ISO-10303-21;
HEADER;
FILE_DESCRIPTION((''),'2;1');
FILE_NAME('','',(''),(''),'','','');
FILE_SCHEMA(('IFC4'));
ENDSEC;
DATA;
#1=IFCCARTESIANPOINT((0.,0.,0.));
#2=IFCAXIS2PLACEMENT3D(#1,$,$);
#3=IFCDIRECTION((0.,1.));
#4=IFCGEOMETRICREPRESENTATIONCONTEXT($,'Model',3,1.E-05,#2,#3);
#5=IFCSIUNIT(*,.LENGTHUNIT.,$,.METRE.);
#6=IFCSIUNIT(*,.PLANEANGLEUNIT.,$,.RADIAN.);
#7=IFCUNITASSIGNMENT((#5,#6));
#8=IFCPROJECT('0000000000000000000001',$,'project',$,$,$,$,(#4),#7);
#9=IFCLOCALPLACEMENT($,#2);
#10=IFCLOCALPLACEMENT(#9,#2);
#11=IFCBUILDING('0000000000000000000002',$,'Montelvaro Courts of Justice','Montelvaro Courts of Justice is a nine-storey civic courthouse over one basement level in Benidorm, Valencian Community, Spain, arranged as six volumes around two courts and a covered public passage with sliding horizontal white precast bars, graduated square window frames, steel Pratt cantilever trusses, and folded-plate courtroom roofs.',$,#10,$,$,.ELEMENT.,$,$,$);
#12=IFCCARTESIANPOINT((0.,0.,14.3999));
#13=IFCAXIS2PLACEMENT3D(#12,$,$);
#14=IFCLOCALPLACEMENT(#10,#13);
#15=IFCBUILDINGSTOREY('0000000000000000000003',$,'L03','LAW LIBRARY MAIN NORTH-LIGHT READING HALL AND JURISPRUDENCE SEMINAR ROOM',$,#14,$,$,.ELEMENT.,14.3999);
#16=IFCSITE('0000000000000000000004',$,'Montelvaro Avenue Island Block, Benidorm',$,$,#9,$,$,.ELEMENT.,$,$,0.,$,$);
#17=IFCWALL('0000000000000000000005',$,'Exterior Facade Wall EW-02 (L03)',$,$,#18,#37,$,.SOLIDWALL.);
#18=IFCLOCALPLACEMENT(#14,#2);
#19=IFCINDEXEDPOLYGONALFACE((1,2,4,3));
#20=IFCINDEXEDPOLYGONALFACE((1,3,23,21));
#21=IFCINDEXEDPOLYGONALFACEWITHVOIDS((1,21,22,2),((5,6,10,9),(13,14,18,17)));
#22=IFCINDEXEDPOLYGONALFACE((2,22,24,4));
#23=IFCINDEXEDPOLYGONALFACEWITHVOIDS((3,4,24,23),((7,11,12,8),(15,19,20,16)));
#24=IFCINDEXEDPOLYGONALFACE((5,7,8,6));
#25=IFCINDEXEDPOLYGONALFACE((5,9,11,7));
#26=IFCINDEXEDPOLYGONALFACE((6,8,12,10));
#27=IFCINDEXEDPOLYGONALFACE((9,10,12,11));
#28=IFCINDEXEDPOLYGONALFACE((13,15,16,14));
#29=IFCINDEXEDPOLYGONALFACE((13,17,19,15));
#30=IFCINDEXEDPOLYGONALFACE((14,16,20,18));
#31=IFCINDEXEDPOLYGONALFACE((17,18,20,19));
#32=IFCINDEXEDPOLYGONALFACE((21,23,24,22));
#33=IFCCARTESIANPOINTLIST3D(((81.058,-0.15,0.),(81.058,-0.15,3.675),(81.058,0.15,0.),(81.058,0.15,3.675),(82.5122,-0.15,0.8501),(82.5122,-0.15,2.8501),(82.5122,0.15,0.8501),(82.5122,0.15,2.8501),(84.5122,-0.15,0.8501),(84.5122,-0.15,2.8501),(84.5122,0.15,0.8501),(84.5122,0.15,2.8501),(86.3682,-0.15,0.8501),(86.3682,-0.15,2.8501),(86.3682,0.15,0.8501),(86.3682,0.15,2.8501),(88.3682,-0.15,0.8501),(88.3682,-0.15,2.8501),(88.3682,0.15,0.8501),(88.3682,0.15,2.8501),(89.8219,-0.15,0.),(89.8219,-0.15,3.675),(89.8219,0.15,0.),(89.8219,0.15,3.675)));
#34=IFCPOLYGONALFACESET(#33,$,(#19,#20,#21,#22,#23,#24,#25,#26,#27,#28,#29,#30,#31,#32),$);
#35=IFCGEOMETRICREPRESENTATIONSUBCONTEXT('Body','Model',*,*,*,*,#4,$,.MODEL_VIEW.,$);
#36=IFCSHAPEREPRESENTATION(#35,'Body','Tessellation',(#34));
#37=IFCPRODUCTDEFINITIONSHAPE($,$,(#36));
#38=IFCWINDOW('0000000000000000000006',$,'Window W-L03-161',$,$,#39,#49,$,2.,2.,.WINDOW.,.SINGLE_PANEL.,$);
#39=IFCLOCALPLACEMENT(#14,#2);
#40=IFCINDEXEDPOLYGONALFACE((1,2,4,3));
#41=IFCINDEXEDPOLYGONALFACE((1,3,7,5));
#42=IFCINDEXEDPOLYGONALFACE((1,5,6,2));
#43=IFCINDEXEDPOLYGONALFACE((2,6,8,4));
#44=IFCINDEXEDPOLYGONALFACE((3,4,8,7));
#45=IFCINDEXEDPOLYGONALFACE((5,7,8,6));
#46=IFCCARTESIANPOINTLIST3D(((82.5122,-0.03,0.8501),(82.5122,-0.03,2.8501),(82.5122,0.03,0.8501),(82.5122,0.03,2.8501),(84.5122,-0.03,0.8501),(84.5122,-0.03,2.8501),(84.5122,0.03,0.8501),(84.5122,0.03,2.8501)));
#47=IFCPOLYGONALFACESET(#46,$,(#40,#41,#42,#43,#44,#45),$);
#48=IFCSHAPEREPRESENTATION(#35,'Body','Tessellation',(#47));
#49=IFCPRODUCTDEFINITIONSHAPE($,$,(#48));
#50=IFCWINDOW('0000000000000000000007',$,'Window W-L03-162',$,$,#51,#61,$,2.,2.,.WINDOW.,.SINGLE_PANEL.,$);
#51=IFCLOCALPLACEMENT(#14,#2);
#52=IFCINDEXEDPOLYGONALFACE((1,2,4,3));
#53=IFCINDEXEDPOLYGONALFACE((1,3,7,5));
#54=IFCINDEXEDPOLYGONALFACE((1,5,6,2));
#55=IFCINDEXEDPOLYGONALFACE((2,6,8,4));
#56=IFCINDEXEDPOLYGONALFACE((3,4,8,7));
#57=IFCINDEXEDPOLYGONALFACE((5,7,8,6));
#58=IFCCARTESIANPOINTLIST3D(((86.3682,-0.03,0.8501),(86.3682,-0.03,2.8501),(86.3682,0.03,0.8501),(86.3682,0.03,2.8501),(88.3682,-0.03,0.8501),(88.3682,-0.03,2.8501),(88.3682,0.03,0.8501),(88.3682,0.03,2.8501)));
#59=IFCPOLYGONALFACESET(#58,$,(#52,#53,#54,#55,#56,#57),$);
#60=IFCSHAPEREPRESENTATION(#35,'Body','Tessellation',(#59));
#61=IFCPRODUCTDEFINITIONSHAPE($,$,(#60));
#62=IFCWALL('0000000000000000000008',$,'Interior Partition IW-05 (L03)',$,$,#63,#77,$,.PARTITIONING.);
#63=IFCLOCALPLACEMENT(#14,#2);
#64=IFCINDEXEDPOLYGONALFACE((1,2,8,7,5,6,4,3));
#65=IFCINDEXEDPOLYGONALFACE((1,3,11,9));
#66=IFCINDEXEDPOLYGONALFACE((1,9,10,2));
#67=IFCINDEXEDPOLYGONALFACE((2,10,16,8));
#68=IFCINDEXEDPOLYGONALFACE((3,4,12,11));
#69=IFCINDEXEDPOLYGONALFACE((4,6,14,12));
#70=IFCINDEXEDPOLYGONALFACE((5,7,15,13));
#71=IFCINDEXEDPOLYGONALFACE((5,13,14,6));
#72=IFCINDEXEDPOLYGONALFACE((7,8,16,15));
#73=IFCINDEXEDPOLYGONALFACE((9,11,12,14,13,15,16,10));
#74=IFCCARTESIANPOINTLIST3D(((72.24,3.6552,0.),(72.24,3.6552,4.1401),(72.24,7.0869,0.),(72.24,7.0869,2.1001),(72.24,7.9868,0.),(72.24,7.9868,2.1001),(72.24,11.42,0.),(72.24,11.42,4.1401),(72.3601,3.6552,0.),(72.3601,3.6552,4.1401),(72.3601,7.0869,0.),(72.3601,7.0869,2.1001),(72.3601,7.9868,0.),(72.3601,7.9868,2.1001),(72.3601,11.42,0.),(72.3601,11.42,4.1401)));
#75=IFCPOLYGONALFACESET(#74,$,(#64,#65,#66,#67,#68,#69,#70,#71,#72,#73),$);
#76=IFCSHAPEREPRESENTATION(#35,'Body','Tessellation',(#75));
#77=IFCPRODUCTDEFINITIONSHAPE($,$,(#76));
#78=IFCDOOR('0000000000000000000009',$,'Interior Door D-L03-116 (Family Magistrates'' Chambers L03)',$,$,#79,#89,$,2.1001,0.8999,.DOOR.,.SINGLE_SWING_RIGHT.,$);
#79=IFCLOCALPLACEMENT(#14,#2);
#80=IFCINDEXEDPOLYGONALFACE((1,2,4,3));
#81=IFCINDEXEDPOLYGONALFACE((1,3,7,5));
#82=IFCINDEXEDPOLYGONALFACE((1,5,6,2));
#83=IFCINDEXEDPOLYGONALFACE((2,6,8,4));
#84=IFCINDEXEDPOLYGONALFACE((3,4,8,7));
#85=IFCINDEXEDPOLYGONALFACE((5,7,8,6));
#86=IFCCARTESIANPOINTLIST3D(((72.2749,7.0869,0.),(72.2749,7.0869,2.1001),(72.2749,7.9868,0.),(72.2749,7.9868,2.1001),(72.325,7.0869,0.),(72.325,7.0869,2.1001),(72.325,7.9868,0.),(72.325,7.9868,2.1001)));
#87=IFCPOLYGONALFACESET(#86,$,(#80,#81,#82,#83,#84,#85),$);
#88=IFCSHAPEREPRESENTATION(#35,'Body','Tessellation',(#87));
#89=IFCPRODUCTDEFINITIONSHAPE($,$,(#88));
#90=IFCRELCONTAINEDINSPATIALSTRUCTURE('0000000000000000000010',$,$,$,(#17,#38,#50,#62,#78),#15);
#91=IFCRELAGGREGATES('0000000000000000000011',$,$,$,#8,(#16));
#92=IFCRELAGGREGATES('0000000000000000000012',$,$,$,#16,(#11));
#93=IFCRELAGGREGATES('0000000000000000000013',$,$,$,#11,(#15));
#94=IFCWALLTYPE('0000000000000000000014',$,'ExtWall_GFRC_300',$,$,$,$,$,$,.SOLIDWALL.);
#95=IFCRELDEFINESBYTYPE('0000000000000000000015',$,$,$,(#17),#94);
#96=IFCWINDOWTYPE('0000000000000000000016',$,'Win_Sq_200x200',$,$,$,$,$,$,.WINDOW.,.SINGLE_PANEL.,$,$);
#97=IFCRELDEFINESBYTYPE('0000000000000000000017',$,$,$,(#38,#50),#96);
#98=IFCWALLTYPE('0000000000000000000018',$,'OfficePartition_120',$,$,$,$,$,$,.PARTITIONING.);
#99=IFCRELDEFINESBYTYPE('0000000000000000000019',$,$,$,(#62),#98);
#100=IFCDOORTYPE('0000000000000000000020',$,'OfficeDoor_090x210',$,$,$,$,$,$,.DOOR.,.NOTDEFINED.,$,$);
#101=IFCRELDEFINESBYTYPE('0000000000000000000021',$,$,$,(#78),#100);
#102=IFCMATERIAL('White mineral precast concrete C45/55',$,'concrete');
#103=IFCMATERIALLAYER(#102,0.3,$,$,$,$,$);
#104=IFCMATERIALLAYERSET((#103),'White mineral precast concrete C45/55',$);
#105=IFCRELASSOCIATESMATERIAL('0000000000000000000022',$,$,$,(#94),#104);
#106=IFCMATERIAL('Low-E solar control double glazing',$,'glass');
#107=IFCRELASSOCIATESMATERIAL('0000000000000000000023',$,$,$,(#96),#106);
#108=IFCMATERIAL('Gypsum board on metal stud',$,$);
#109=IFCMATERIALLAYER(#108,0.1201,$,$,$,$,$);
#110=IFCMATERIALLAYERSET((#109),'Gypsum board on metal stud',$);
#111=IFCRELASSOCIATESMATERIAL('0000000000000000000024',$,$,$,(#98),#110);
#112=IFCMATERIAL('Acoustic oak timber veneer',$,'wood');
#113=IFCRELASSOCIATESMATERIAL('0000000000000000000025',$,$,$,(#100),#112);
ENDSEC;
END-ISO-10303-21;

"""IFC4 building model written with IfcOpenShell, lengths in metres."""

from ifc_helpers import new_model, si_unit, direction, frame, frame_2d, origin, place, context, subcontext, project, spatial, rectangle, extrude, material, layer, layer_set, type_object, element, fill, save


model = new_model("IFC4")

# Units and contexts
model_context = context("Model", 3, precision=1e-05, world=origin(), true_north=direction((0.0, 1.0)))
body_context = subcontext(model_context, "Body", "Model", "MODEL_VIEW")
ifc_project = project(units=[si_unit("LENGTHUNIT", "METRE"), si_unit("PLANEANGLEUNIT", "RADIAN")], contexts=[model_context])

# Site, building, storey
site_placement = place(None, origin())
site = spatial("IfcSite", under=ifc_project, at=site_placement, Name="Montelvaro Avenue Island Block, Benidorm", CompositionType="ELEMENT", RefElevation=0.0)
building_placement = place(site_placement, origin())
building = spatial("IfcBuilding", under=site, at=building_placement, Name="Montelvaro Courts of Justice", Description="Montelvaro Courts of Justice is a nine-storey civic courthouse over one basement level in Benidorm, Valencian Community, Spain, arranged as six volumes around two courts and a covered public passage with sliding horizontal white precast bars, graduated square window frames, steel Pratt cantilever trusses, and folded-plate courtroom roofs.", CompositionType="ELEMENT")
storey_placement = place(building_placement, frame((0.0, 0.0, 14.3999)))
storey = spatial("IfcBuildingStorey", under=building, at=storey_placement, Name="L03", Description="LAW LIBRARY MAIN NORTH-LIGHT READING HALL AND JURISPRUDENCE SEMINAR ROOM", CompositionType="ELEMENT", Elevation=14.3999)

# Shared definitions
ifc_material_1 = material(Name="Gypsum board on metal stud")

# Shared definitions
ifc_material_2 = material(Name="Acoustic oak timber veneer", Category="wood")

# Wall, openings, windows
ifc_material_3 = material(Name="White mineral precast concrete C45/55", Category="concrete")
ifc_layer_1 = layer(ifc_material_3, 0.3)
ifc_layer_set_1 = layer_set([ifc_layer_1], Name="White mineral precast concrete C45/55")
wall_type_1 = type_object("IfcWallType", Name="ExtWall_GFRC_300", PredefinedType="SOLIDWALL", material=ifc_layer_set_1)
wall_1_placement = place(storey_placement, frame((81.0581, 0.0, 0.0), z_axis=(0.0, 0.0, 1.0), x_axis=(1.0, 0.0, 0.0)))
wall_1 = element("IfcWall", 1, at=wall_1_placement, inside=storey, type_object=wall_type_1, Name="Exterior Facade Wall EW-02 (L03)", PredefinedType="SOLIDWALL", context=body_context, shape_type="SweptSolid", body=[
    extrude(rectangle(XDim=8.7639, YDim=0.3, at=frame_2d((4.3818, 0.0))), origin(), (0.0, 0.0, 1.0), 3.675),
])
opening_1_placement = place(wall_1_placement, frame((1.4541, 0.0, 0.8501)))
opening_1 = element("IfcOpeningElement", 2, at=opening_1_placement, cuts=wall_1, PredefinedType="OPENING", context=body_context, shape_type="SweptSolid", body=[
    extrude(rectangle(XDim=2.0, YDim=2.0, at=frame_2d((1.0, 1.0))), frame((0.0, 0.165, 0.0), z_axis=(0.0, -1.0, 0.0), x_axis=(1.0, 0.0, 0.0)), (0.0, 0.0, 1.0), 0.3298),
])
opening_2_placement = place(wall_1_placement, frame((5.3101, 0.0, 0.8501)))
opening_2 = element("IfcOpeningElement", 3, at=opening_2_placement, cuts=wall_1, PredefinedType="OPENING", context=body_context, shape_type="SweptSolid", body=[
    extrude(rectangle(XDim=2.0, YDim=2.0, at=frame_2d((1.0, 1.0))), frame((0.0, 0.165, 0.0), z_axis=(0.0, -1.0, 0.0), x_axis=(1.0, 0.0, 0.0)), (0.0, 0.0, 1.0), 0.3298),
])
ifc_material_4 = material(Name="Low-E solar control double glazing", Category="glass")
window_type = type_object("IfcWindowType", Name="Win_Sq_200x200", PartitioningType="SINGLE_PANEL", PredefinedType="WINDOW", material=ifc_material_4)
window_1_placement = place(opening_1_placement, origin())
window_1 = element("IfcWindow", 4, at=window_1_placement, inside=storey, type_object=window_type, Name="Window W-L03-161", OverallHeight=2.0, OverallWidth=2.0, PartitioningType="SINGLE_PANEL", PredefinedType="WINDOW", context=body_context, shape_type="SweptSolid", body=[
    extrude(rectangle(XDim=2.0, YDim=2.0, at=frame_2d((1.0, 1.0))), frame((0.0, 0.03, 0.0), z_axis=(0.0, -1.0, 0.0), x_axis=(1.0, 0.0, 0.0)), (0.0, 0.0, 1.0), 0.0601),
])
fill(opening_1, window_1)
window_2_placement = place(opening_2_placement, origin())
window_2 = element("IfcWindow", 5, at=window_2_placement, inside=storey, type_object=window_type, Name="Window W-L03-162", OverallHeight=2.0, OverallWidth=2.0, PartitioningType="SINGLE_PANEL", PredefinedType="WINDOW", context=body_context, shape_type="SweptSolid", body=[
    extrude(rectangle(XDim=2.0, YDim=2.0, at=frame_2d((1.0, 1.0))), frame((0.0, 0.03, 0.0), z_axis=(0.0, -1.0, 0.0), x_axis=(1.0, 0.0, 0.0)), (0.0, 0.0, 1.0), 0.0601),
])
fill(opening_2, window_2)

# Wall, opening, door
ifc_layer_2 = layer(ifc_material_1, 0.1201)
ifc_layer_set_2 = layer_set([ifc_layer_2], Name="Gypsum board on metal stud")
wall_type_2 = type_object("IfcWallType", Name="OfficePartition_120", PredefinedType="PARTITIONING", material=ifc_layer_set_2)
wall_2_placement = place(storey_placement, frame((72.3, 11.4199, 0.0), z_axis=(0.0, 0.0, 1.0), x_axis=(0.0, -1.0, 0.0)))
wall_2 = element("IfcWall", 6, at=wall_2_placement, inside=storey, type_object=wall_type_2, Name="Interior Partition IW-05 (L03)", PredefinedType="PARTITIONING", context=body_context, shape_type="SweptSolid", body=[
    extrude(rectangle(XDim=7.7649, YDim=0.1201, at=frame_2d((3.8823, 0.0))), origin(), (0.0, 0.0, 1.0), 4.1401),
])
opening_3_placement = place(wall_2_placement, frame((3.4331, 0.0, 0.0)))
opening_3 = element("IfcOpeningElement", 7, at=opening_3_placement, cuts=wall_2, PredefinedType="OPENING", context=body_context, shape_type="SweptSolid", body=[
    extrude(rectangle(XDim=0.8999, YDim=2.1001, at=frame_2d((0.45, 1.05))), frame((0.0, 0.075, 0.0), z_axis=(0.0, -1.0, 0.0), x_axis=(1.0, 0.0, 0.0)), (0.0, 0.0, 1.0), 0.1499),
])
door_type_1 = type_object("IfcDoorType", Name="OfficeDoor_090x210", OperationType="NOTDEFINED", PredefinedType="DOOR", material=ifc_material_2)
door_1_placement = place(opening_3_placement, origin())
door_1 = element("IfcDoor", 8, at=door_1_placement, inside=storey, type_object=door_type_1, Name="Interior Door D-L03-116 (Family Magistrates' Chambers L03)", OperationType="SINGLE_SWING_RIGHT", OverallHeight=2.1001, OverallWidth=0.8999, PredefinedType="DOOR", context=body_context, shape_type="SweptSolid", body=[
    extrude(rectangle(XDim=0.8999, YDim=2.1001, at=frame_2d((0.45, 1.05))), frame((0.0, 0.0249, 0.0), z_axis=(0.0, -1.0, 0.0), x_axis=(1.0, 0.0, 0.0)), (0.0, 0.0, 1.0), 0.05),
])
fill(opening_3, door_1)

save(model, "model.ifc")
